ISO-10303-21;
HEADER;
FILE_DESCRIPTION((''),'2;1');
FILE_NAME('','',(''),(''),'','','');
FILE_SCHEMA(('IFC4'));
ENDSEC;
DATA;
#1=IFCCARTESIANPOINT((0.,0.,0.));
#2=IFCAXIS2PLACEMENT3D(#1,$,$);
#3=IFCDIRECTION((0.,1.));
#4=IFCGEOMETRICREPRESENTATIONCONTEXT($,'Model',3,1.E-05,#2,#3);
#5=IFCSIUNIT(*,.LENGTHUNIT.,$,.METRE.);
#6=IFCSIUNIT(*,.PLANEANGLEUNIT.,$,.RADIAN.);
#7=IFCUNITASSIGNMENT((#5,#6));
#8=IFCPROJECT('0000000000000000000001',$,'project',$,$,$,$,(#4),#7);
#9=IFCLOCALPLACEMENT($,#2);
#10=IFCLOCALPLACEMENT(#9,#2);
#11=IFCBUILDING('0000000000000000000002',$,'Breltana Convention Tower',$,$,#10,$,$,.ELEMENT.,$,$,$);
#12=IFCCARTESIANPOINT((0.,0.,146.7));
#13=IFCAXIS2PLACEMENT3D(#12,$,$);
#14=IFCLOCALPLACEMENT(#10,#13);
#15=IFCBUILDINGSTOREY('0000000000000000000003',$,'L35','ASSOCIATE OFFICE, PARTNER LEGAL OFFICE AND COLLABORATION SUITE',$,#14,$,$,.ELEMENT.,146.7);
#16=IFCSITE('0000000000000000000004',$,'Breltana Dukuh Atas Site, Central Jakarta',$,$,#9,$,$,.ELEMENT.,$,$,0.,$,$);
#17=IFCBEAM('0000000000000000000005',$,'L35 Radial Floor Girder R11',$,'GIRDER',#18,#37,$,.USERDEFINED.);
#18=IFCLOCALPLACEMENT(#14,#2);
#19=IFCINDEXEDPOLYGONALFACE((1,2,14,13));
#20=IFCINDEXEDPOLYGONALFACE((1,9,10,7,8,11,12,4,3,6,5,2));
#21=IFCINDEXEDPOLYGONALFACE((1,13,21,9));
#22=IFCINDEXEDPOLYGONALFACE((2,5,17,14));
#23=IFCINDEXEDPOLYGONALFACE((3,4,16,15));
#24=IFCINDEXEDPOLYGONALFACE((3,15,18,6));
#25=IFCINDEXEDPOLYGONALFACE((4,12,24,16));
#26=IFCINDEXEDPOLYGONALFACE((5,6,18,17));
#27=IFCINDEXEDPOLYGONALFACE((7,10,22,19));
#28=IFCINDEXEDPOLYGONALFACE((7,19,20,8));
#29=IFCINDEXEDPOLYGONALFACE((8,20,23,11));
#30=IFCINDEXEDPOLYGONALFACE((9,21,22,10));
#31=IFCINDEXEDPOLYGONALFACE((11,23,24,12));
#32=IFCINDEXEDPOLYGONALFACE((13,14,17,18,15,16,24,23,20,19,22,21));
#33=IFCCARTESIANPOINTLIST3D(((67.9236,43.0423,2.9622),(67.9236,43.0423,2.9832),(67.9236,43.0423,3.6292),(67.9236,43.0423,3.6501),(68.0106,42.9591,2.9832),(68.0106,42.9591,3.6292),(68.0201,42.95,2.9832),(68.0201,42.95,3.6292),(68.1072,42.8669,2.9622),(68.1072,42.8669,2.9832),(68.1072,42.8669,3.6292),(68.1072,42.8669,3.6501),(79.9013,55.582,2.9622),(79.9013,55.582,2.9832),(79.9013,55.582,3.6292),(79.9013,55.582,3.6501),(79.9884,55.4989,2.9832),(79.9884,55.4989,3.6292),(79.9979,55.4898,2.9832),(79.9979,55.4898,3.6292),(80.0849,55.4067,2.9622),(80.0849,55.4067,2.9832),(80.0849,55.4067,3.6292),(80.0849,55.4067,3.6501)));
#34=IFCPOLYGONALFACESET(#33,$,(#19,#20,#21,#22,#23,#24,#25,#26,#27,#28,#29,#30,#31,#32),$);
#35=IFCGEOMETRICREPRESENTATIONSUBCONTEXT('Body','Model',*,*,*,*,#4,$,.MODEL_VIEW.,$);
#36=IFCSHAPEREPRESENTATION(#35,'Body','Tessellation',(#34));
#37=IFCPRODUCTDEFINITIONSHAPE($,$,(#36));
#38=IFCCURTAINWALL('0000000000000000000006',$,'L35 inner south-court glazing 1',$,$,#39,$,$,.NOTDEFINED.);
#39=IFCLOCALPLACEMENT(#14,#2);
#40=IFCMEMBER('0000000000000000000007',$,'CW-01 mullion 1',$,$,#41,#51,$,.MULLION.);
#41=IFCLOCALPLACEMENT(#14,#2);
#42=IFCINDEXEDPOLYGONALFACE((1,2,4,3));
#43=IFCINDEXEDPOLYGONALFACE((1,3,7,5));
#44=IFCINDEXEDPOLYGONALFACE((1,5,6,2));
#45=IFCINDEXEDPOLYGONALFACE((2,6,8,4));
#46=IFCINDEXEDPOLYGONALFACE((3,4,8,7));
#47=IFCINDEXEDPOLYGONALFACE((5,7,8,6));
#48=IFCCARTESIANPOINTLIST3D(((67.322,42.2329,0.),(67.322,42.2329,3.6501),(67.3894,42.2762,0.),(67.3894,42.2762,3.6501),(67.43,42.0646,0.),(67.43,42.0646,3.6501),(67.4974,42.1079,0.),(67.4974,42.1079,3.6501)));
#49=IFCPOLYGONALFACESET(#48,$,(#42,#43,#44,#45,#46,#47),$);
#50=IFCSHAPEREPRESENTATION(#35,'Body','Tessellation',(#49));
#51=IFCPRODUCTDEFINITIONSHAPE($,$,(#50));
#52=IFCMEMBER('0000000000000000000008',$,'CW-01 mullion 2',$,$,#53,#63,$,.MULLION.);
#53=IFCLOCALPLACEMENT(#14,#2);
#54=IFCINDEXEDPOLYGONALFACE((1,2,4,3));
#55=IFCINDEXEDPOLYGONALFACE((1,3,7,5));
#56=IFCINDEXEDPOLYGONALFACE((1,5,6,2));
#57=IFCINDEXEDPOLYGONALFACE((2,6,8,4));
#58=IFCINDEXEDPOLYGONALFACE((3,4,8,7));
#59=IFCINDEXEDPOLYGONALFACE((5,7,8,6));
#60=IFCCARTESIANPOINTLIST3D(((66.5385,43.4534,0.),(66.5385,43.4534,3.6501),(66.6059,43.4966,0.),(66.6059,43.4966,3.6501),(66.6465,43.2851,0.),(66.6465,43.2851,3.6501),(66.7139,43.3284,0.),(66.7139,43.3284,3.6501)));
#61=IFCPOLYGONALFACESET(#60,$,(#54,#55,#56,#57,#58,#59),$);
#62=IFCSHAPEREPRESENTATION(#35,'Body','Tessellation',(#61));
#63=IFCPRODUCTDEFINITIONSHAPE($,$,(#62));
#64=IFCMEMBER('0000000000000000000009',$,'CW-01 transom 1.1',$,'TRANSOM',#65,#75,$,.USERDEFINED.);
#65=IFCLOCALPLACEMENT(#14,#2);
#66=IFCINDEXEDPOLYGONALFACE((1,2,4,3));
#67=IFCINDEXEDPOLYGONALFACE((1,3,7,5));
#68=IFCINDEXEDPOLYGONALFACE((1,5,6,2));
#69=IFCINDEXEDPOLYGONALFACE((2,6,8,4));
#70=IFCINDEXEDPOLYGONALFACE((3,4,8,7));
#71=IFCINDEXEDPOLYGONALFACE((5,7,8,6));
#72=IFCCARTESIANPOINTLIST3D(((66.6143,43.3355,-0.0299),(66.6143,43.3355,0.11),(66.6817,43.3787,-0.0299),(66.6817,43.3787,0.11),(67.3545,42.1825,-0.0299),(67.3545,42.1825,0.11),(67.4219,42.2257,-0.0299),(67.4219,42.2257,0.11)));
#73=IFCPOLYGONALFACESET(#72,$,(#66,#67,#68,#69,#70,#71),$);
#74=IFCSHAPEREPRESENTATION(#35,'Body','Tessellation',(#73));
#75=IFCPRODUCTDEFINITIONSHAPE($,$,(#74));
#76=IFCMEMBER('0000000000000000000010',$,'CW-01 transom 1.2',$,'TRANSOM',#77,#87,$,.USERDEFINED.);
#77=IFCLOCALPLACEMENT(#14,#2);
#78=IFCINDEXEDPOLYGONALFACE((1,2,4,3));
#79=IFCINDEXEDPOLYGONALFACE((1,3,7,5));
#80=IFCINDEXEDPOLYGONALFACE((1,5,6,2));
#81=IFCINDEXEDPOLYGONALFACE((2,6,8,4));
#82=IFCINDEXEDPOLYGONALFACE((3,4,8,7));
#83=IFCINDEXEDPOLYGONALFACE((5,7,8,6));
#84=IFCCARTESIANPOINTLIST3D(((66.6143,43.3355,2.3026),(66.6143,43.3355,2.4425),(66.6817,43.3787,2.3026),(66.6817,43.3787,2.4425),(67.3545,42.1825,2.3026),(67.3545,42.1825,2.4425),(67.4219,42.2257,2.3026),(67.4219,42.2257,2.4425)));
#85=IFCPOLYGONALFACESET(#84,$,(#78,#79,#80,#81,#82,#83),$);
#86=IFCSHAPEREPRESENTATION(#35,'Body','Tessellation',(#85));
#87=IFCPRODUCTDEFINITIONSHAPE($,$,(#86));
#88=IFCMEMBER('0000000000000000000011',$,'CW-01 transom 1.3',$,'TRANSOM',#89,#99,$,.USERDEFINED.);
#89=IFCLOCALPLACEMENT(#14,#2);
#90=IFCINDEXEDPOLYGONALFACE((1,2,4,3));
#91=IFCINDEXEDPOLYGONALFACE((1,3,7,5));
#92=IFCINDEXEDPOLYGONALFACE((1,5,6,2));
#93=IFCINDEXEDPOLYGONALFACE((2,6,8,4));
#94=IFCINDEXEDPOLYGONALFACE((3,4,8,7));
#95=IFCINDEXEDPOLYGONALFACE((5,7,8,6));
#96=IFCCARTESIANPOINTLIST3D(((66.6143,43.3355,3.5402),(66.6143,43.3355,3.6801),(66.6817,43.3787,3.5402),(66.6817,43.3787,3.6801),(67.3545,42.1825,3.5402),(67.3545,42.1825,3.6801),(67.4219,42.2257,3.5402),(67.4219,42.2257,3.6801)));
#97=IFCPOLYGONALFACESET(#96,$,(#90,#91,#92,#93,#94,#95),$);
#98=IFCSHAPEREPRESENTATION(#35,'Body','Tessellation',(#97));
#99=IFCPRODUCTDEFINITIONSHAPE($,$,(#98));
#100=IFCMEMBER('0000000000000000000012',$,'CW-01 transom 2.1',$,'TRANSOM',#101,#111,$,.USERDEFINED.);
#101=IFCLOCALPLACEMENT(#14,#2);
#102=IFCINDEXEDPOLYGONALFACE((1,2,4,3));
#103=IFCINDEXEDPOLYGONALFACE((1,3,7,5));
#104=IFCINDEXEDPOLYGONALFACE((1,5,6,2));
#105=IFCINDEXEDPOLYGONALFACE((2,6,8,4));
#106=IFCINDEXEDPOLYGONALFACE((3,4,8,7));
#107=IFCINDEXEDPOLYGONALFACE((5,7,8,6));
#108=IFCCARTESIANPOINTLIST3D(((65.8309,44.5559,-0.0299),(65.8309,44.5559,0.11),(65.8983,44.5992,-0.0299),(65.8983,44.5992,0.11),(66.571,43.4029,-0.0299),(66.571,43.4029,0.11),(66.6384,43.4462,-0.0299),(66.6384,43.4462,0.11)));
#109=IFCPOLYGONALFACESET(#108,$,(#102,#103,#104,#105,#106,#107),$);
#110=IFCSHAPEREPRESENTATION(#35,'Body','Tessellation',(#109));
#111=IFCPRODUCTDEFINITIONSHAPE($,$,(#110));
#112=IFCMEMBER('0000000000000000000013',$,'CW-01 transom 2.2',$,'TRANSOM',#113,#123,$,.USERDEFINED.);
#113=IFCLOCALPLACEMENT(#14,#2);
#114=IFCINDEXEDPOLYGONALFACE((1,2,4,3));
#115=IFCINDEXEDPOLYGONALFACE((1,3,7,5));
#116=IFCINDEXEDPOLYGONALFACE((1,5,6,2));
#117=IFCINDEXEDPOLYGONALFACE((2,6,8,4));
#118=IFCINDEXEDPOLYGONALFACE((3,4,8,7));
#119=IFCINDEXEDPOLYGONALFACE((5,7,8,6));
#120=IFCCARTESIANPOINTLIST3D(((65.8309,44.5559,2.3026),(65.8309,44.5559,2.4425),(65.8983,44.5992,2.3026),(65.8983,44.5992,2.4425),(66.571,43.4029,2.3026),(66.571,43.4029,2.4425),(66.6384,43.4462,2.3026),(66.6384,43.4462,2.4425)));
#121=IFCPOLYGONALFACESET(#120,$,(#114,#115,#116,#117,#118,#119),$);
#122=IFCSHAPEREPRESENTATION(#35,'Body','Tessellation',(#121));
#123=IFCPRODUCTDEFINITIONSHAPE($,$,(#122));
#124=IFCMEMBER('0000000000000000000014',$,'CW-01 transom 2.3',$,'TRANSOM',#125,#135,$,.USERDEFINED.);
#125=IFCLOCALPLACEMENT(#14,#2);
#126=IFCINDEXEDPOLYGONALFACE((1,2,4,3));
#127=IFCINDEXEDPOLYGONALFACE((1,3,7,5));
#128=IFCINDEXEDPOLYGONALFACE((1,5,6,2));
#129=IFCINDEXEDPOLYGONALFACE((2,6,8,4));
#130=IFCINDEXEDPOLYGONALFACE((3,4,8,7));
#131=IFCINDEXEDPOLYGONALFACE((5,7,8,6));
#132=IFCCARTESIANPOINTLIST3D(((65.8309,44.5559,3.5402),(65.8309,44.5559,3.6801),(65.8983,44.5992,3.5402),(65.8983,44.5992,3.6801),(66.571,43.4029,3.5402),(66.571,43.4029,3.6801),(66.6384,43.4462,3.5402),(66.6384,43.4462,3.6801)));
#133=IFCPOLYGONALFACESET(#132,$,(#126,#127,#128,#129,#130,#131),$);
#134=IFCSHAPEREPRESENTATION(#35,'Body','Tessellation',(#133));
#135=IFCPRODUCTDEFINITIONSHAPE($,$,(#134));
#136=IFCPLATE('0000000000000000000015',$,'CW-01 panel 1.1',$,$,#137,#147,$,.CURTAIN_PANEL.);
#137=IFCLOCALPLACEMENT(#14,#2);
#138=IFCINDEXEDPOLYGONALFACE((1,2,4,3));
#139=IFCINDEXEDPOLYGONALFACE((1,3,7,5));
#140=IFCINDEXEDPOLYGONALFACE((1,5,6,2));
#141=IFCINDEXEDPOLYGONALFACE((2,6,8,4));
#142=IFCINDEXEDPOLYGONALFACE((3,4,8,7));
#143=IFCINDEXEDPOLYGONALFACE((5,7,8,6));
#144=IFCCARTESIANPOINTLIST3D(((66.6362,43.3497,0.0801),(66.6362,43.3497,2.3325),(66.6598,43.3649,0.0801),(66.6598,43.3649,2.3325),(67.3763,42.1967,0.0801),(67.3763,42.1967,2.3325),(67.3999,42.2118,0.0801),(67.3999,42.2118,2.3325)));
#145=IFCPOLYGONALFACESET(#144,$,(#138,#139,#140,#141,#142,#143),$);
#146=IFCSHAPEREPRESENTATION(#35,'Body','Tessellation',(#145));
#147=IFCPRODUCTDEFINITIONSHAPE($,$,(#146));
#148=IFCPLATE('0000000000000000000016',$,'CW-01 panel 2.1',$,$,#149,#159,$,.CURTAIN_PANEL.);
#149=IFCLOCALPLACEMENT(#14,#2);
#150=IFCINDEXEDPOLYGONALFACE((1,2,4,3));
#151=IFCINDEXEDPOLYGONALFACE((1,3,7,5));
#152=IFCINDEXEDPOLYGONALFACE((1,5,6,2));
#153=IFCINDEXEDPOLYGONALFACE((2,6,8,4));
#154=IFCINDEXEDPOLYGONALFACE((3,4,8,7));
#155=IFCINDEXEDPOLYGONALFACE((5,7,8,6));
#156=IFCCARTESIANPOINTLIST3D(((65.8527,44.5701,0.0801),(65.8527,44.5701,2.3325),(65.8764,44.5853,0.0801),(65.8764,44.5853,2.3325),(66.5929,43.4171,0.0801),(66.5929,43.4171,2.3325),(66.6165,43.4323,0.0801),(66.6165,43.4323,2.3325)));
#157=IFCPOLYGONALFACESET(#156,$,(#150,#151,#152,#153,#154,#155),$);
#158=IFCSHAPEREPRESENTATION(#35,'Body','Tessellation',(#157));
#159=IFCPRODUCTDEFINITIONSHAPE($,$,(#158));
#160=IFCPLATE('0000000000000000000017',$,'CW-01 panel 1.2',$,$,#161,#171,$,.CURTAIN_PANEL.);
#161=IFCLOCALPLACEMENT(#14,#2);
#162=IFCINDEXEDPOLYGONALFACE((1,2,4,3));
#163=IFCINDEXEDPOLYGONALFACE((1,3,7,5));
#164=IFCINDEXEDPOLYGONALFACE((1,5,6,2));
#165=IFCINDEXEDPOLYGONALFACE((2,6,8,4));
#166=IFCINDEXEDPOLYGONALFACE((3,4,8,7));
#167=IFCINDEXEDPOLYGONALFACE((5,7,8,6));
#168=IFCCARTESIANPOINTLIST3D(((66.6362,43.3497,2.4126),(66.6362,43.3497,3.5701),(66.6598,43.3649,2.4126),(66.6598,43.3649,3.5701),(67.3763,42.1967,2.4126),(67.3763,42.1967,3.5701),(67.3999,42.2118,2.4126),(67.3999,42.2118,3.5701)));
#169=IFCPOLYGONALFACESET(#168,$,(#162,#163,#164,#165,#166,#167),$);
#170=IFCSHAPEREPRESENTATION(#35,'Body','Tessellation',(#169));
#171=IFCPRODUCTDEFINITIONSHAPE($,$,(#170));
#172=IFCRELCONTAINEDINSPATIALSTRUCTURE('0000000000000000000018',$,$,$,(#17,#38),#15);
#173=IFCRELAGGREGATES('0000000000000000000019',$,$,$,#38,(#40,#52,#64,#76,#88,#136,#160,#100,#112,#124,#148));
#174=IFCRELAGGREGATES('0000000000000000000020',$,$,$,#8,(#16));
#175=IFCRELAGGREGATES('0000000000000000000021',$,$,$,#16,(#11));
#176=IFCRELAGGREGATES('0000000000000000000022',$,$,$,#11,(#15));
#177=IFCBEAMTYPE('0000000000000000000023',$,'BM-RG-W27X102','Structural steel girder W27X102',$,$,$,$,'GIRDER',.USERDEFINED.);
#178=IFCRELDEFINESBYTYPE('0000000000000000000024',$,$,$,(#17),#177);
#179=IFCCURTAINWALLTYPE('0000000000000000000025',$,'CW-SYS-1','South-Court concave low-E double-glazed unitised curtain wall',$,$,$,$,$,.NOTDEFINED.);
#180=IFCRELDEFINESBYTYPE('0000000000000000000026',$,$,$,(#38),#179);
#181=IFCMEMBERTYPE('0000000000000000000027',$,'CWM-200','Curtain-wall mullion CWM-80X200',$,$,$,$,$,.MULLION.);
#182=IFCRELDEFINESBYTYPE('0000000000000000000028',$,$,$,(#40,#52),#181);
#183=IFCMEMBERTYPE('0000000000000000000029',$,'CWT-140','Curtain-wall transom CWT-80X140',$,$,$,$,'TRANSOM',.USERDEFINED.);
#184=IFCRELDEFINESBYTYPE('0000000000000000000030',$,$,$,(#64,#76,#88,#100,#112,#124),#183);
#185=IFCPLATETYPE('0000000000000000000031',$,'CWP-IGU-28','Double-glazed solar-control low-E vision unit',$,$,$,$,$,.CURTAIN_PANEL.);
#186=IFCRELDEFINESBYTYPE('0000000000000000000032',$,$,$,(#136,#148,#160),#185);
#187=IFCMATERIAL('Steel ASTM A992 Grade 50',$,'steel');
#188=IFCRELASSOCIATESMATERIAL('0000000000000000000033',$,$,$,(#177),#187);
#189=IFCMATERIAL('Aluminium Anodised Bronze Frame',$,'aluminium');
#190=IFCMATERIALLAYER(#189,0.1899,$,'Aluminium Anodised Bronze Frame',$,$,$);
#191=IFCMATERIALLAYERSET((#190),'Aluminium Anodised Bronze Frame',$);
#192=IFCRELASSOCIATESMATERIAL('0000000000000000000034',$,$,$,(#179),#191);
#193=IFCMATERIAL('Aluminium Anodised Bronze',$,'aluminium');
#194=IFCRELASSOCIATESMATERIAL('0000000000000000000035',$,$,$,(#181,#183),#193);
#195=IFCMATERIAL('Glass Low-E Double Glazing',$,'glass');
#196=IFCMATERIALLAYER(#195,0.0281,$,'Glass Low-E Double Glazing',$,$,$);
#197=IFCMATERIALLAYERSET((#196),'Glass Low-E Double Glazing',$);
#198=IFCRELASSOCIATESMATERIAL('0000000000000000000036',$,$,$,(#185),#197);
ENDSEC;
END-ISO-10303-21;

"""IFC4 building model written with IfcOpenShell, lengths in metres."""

from ifc_helpers import new_model, si_unit, direction, frame, origin, origin_2d, place, context, subcontext, project, spatial, rectangle, i_section, extrude, source, transform, mapped, material, layer, layer_set, material_profile, profile_set, type_object, type_shapes, element, aggregate, save


model = new_model("IFC4")

# Units and contexts
model_context = context("Model", 3, precision=1e-05, world=origin(), true_north=direction((0.0, 1.0)))
body_context = subcontext(model_context, "Body", "Model", "MODEL_VIEW")
ifc_project = project(units=[si_unit("LENGTHUNIT", "METRE"), si_unit("PLANEANGLEUNIT", "RADIAN")], contexts=[model_context])

# Site, building, storey
site_placement = place(None, origin())
site = spatial("IfcSite", under=ifc_project, at=site_placement, Name="Breltana Dukuh Atas Site, Central Jakarta", CompositionType="ELEMENT", RefElevation=0.0)
building_placement = place(site_placement, origin())
building = spatial("IfcBuilding", under=site, at=building_placement, Name="Breltana Convention Tower", CompositionType="ELEMENT")
storey_placement = place(building_placement, frame((0.0, 0.0, 146.7)))
storey = spatial("IfcBuildingStorey", under=building, at=storey_placement, Name="L35", Description="ASSOCIATE OFFICE, PARTNER LEGAL OFFICE AND COLLABORATION SUITE", CompositionType="ELEMENT", Elevation=146.7)

# Beam
ifc_material_1 = material(Name="Steel ASTM A992 Grade 50", Category="steel")
ifc_material_profile_1 = material_profile(ifc_material_1, i_section(OverallWidth=0.2539, OverallDepth=0.688, WebThickness=0.0132, FlangeThickness=0.021, at=origin_2d()), Name="W27X102")
ifc_profile_set_1 = profile_set([ifc_material_profile_1], Name="Steel ASTM A992 Grade 50")
beam_type = type_object("IfcBeamType", Name="BM-RG-W27X102", Description="Structural steel girder W27X102", ElementType="GIRDER", PredefinedType="USERDEFINED", material=ifc_profile_set_1)
shared_shape_1 = source(origin(), body_context, "Body", "SweptSolid", [
    extrude(i_section(OverallWidth=0.2539, OverallDepth=0.688, WebThickness=0.0132, FlangeThickness=0.021, at=origin_2d()), origin(), (0.0, 0.0, 1.0), 17.3411),
])
type_shapes(beam_type, [shared_shape_1])
beam_placement = place(storey_placement, frame((68.0154, 42.9546, 3.3062), z_axis=(0.690716, 0.723126, 0.0), x_axis=(-0.723126, 0.690716, 0.0)))
element("IfcBeam", 1, at=beam_placement, inside=storey, type_object=beam_type, Name="L35 Radial Floor Girder R11", ObjectType="GIRDER", PredefinedType="USERDEFINED", context=body_context, shape_type="MappedRepresentation", body=[
    mapped(shared_shape_1, transform((0.0, 0.0, 0.0), scale=1.0)),
])

# Curtain wall, members, plates
ifc_material_2 = material(Name="Aluminium Anodised Bronze Frame", Category="aluminium")
ifc_layer_1 = layer(ifc_material_2, 0.1899, Name="Aluminium Anodised Bronze Frame")
ifc_layer_set_1 = layer_set([ifc_layer_1], Name="Aluminium Anodised Bronze Frame")
curtain_wall_type = type_object("IfcCurtainWallType", Name="CW-SYS-1", Description="South-Court concave low-E double-glazed unitised curtain wall", PredefinedType="NOTDEFINED", material=ifc_layer_set_1)
curtain_wall_placement = place(storey_placement, origin())
curtain_wall = element("IfcCurtainWall", 2, at=curtain_wall_placement, inside=storey, type_object=curtain_wall_type, Name="L35 inner south-court glazing 1", PredefinedType="NOTDEFINED")
ifc_material_3 = material(Name="Aluminium Anodised Bronze", Category="aluminium")
ifc_material_profile_2 = material_profile(ifc_material_3, rectangle(XDim=0.0801, YDim=0.2, at=origin_2d()), Name="CWM-80X200")
ifc_profile_set_2 = profile_set([ifc_material_profile_2], Name="Aluminium Anodised Bronze")
member_type_1 = type_object("IfcMemberType", Name="CWM-200", Description="Curtain-wall mullion CWM-80X200", PredefinedType="MULLION", material=ifc_profile_set_2)
shared_shape_2 = source(origin(), body_context, "Body", "SweptSolid", [
    extrude(rectangle(XDim=0.0801, YDim=0.2, at=origin_2d()), origin(), (0.0, 0.0, 1.0), 3.6501),
])
member_1_placement = place(storey_placement, frame((67.4097, 42.1704, 0.0), z_axis=(0.0, 0.0, 1.0), x_axis=(-0.841547, -0.540184, 0.0)))
member_1 = element("IfcMember", 3, at=member_1_placement, type_object=member_type_1, Name="CW-01 mullion 1", PredefinedType="MULLION", context=body_context, shape_type="MappedRepresentation", body=[
    mapped(shared_shape_2, transform((0.0, 0.0, 0.0), scale=1.0)),
])
member_2_placement = place(storey_placement, frame((66.6262, 43.3909, 0.0), z_axis=(0.0, 0.0, 1.0), x_axis=(-0.841547, -0.540184, 0.0)))
member_2 = element("IfcMember", 4, at=member_2_placement, type_object=member_type_1, Name="CW-01 mullion 2", PredefinedType="MULLION", context=body_context, shape_type="MappedRepresentation", body=[
    mapped(shared_shape_2, transform((0.0, 0.0, 0.0), scale=1.0)),
])
ifc_material_profile_3 = material_profile(ifc_material_3, rectangle(XDim=0.0801, YDim=0.1399, at=origin_2d()), Name="CWT-80X140")
ifc_profile_set_3 = profile_set([ifc_material_profile_3], Name="Aluminium Anodised Bronze")
member_type_2 = type_object("IfcMemberType", Name="CWT-140", Description="Curtain-wall transom CWT-80X140", ElementType="TRANSOM", PredefinedType="USERDEFINED", material=ifc_profile_set_3)
shared_shape_3 = source(origin(), body_context, "Body", "SweptSolid", [
    extrude(rectangle(XDim=0.0801, YDim=0.1399, at=origin_2d()), origin(), (0.0, 0.0, 1.0), 1.3701),
])
member_3_placement = place(storey_placement, frame((67.3882, 42.2041, 0.04), z_axis=(-0.540226, 0.84152, 0.0), x_axis=(-0.84152, -0.540226, 0.0)))
member_3 = element("IfcMember", 5, at=member_3_placement, type_object=member_type_2, Name="CW-01 transom 1.1", ObjectType="TRANSOM", PredefinedType="USERDEFINED", context=body_context, shape_type="MappedRepresentation", body=[
    mapped(shared_shape_3, transform((0.0, 0.0, 0.0), scale=1.0)),
])
member_4_placement = place(storey_placement, frame((67.3882, 42.2041, 2.3726), z_axis=(-0.540226, 0.84152, 0.0), x_axis=(-0.84152, -0.540226, 0.0)))
member_4 = element("IfcMember", 6, at=member_4_placement, type_object=member_type_2, Name="CW-01 transom 1.2", ObjectType="TRANSOM", PredefinedType="USERDEFINED", context=body_context, shape_type="MappedRepresentation", body=[
    mapped(shared_shape_3, transform((0.0, 0.0, 0.0), scale=1.0)),
])
member_5_placement = place(storey_placement, frame((67.3882, 42.2041, 3.6101), z_axis=(-0.540226, 0.84152, 0.0), x_axis=(-0.84152, -0.540226, 0.0)))
member_5 = element("IfcMember", 7, at=member_5_placement, type_object=member_type_2, Name="CW-01 transom 1.3", ObjectType="TRANSOM", PredefinedType="USERDEFINED", context=body_context, shape_type="MappedRepresentation", body=[
    mapped(shared_shape_3, transform((0.0, 0.0, 0.0), scale=1.0)),
])
member_6_placement = place(storey_placement, frame((66.6047, 43.4246, 0.04), z_axis=(-0.540226, 0.84152, 0.0), x_axis=(-0.84152, -0.540226, 0.0)))
member_6 = element("IfcMember", 8, at=member_6_placement, type_object=member_type_2, Name="CW-01 transom 2.1", ObjectType="TRANSOM", PredefinedType="USERDEFINED", context=body_context, shape_type="MappedRepresentation", body=[
    mapped(shared_shape_3, transform((0.0, 0.0, 0.0), scale=1.0)),
])
member_7_placement = place(storey_placement, frame((66.6047, 43.4246, 2.3726), z_axis=(-0.540226, 0.84152, 0.0), x_axis=(-0.84152, -0.540226, 0.0)))
member_7 = element("IfcMember", 9, at=member_7_placement, type_object=member_type_2, Name="CW-01 transom 2.2", ObjectType="TRANSOM", PredefinedType="USERDEFINED", context=body_context, shape_type="MappedRepresentation", body=[
    mapped(shared_shape_3, transform((0.0, 0.0, 0.0), scale=1.0)),
])
member_8_placement = place(storey_placement, frame((66.6047, 43.4246, 3.6101), z_axis=(-0.540226, 0.84152, 0.0), x_axis=(-0.84152, -0.540226, 0.0)))
member_8 = element("IfcMember", 10, at=member_8_placement, type_object=member_type_2, Name="CW-01 transom 2.3", ObjectType="TRANSOM", PredefinedType="USERDEFINED", context=body_context, shape_type="MappedRepresentation", body=[
    mapped(shared_shape_3, transform((0.0, 0.0, 0.0), scale=1.0)),
])
ifc_material_4 = material(Name="Glass Low-E Double Glazing", Category="glass")
ifc_layer_2 = layer(ifc_material_4, 0.0281, Name="Glass Low-E Double Glazing")
ifc_layer_set_2 = layer_set([ifc_layer_2], Name="Glass Low-E Double Glazing")
plate_type = type_object("IfcPlateType", Name="CWP-IGU-28", Description="Double-glazed solar-control low-E vision unit", PredefinedType="CURTAIN_PANEL", material=ifc_layer_set_2)
shared_shape_4 = source(origin(), body_context, "Body", "SweptSolid", [
    extrude(rectangle(XDim=1.3701, YDim=0.0281, at=origin_2d()), origin(), (0.0, 0.0, 1.0), 2.2524),
])
plate_1_placement = place(storey_placement, frame((67.0181, 42.7808, 0.0801), z_axis=(0.0, 0.0, 1.0), x_axis=(-0.540184, 0.841547, 0.0)))
plate_1 = element("IfcPlate", 11, at=plate_1_placement, type_object=plate_type, Name="CW-01 panel 1.1", PredefinedType="CURTAIN_PANEL", context=body_context, shape_type="MappedRepresentation", body=[
    mapped(shared_shape_4, transform((0.0, 0.0, 0.0), scale=1.0)),
])
plate_2_placement = place(storey_placement, frame((66.2346, 44.0012, 0.0801), z_axis=(0.0, 0.0, 1.0), x_axis=(-0.540184, 0.841547, 0.0)))
plate_2 = element("IfcPlate", 12, at=plate_2_placement, type_object=plate_type, Name="CW-01 panel 2.1", PredefinedType="CURTAIN_PANEL", context=body_context, shape_type="MappedRepresentation", body=[
    mapped(shared_shape_4, transform((0.0, 0.0, 0.0), scale=1.0)),
])
shared_shape_5 = source(origin(), body_context, "Body", "SweptSolid", [
    extrude(rectangle(XDim=1.3701, YDim=0.0281, at=origin_2d()), origin(), (0.0, 0.0, 1.0), 1.1575),
])
plate_3_placement = place(storey_placement, frame((67.0181, 42.7808, 2.4126), z_axis=(0.0, 0.0, 1.0), x_axis=(-0.540184, 0.841547, 0.0)))
plate_3 = element("IfcPlate", 13, at=plate_3_placement, type_object=plate_type, Name="CW-01 panel 1.2", PredefinedType="CURTAIN_PANEL", context=body_context, shape_type="MappedRepresentation", body=[
    mapped(shared_shape_5, transform((0.0, 0.0, 0.0), scale=1.0)),
])
aggregate(curtain_wall, [member_1, member_2, member_3, member_4, member_5, plate_1, plate_3, member_6, member_7, member_8, plate_2])

save(model, "model.ifc")
